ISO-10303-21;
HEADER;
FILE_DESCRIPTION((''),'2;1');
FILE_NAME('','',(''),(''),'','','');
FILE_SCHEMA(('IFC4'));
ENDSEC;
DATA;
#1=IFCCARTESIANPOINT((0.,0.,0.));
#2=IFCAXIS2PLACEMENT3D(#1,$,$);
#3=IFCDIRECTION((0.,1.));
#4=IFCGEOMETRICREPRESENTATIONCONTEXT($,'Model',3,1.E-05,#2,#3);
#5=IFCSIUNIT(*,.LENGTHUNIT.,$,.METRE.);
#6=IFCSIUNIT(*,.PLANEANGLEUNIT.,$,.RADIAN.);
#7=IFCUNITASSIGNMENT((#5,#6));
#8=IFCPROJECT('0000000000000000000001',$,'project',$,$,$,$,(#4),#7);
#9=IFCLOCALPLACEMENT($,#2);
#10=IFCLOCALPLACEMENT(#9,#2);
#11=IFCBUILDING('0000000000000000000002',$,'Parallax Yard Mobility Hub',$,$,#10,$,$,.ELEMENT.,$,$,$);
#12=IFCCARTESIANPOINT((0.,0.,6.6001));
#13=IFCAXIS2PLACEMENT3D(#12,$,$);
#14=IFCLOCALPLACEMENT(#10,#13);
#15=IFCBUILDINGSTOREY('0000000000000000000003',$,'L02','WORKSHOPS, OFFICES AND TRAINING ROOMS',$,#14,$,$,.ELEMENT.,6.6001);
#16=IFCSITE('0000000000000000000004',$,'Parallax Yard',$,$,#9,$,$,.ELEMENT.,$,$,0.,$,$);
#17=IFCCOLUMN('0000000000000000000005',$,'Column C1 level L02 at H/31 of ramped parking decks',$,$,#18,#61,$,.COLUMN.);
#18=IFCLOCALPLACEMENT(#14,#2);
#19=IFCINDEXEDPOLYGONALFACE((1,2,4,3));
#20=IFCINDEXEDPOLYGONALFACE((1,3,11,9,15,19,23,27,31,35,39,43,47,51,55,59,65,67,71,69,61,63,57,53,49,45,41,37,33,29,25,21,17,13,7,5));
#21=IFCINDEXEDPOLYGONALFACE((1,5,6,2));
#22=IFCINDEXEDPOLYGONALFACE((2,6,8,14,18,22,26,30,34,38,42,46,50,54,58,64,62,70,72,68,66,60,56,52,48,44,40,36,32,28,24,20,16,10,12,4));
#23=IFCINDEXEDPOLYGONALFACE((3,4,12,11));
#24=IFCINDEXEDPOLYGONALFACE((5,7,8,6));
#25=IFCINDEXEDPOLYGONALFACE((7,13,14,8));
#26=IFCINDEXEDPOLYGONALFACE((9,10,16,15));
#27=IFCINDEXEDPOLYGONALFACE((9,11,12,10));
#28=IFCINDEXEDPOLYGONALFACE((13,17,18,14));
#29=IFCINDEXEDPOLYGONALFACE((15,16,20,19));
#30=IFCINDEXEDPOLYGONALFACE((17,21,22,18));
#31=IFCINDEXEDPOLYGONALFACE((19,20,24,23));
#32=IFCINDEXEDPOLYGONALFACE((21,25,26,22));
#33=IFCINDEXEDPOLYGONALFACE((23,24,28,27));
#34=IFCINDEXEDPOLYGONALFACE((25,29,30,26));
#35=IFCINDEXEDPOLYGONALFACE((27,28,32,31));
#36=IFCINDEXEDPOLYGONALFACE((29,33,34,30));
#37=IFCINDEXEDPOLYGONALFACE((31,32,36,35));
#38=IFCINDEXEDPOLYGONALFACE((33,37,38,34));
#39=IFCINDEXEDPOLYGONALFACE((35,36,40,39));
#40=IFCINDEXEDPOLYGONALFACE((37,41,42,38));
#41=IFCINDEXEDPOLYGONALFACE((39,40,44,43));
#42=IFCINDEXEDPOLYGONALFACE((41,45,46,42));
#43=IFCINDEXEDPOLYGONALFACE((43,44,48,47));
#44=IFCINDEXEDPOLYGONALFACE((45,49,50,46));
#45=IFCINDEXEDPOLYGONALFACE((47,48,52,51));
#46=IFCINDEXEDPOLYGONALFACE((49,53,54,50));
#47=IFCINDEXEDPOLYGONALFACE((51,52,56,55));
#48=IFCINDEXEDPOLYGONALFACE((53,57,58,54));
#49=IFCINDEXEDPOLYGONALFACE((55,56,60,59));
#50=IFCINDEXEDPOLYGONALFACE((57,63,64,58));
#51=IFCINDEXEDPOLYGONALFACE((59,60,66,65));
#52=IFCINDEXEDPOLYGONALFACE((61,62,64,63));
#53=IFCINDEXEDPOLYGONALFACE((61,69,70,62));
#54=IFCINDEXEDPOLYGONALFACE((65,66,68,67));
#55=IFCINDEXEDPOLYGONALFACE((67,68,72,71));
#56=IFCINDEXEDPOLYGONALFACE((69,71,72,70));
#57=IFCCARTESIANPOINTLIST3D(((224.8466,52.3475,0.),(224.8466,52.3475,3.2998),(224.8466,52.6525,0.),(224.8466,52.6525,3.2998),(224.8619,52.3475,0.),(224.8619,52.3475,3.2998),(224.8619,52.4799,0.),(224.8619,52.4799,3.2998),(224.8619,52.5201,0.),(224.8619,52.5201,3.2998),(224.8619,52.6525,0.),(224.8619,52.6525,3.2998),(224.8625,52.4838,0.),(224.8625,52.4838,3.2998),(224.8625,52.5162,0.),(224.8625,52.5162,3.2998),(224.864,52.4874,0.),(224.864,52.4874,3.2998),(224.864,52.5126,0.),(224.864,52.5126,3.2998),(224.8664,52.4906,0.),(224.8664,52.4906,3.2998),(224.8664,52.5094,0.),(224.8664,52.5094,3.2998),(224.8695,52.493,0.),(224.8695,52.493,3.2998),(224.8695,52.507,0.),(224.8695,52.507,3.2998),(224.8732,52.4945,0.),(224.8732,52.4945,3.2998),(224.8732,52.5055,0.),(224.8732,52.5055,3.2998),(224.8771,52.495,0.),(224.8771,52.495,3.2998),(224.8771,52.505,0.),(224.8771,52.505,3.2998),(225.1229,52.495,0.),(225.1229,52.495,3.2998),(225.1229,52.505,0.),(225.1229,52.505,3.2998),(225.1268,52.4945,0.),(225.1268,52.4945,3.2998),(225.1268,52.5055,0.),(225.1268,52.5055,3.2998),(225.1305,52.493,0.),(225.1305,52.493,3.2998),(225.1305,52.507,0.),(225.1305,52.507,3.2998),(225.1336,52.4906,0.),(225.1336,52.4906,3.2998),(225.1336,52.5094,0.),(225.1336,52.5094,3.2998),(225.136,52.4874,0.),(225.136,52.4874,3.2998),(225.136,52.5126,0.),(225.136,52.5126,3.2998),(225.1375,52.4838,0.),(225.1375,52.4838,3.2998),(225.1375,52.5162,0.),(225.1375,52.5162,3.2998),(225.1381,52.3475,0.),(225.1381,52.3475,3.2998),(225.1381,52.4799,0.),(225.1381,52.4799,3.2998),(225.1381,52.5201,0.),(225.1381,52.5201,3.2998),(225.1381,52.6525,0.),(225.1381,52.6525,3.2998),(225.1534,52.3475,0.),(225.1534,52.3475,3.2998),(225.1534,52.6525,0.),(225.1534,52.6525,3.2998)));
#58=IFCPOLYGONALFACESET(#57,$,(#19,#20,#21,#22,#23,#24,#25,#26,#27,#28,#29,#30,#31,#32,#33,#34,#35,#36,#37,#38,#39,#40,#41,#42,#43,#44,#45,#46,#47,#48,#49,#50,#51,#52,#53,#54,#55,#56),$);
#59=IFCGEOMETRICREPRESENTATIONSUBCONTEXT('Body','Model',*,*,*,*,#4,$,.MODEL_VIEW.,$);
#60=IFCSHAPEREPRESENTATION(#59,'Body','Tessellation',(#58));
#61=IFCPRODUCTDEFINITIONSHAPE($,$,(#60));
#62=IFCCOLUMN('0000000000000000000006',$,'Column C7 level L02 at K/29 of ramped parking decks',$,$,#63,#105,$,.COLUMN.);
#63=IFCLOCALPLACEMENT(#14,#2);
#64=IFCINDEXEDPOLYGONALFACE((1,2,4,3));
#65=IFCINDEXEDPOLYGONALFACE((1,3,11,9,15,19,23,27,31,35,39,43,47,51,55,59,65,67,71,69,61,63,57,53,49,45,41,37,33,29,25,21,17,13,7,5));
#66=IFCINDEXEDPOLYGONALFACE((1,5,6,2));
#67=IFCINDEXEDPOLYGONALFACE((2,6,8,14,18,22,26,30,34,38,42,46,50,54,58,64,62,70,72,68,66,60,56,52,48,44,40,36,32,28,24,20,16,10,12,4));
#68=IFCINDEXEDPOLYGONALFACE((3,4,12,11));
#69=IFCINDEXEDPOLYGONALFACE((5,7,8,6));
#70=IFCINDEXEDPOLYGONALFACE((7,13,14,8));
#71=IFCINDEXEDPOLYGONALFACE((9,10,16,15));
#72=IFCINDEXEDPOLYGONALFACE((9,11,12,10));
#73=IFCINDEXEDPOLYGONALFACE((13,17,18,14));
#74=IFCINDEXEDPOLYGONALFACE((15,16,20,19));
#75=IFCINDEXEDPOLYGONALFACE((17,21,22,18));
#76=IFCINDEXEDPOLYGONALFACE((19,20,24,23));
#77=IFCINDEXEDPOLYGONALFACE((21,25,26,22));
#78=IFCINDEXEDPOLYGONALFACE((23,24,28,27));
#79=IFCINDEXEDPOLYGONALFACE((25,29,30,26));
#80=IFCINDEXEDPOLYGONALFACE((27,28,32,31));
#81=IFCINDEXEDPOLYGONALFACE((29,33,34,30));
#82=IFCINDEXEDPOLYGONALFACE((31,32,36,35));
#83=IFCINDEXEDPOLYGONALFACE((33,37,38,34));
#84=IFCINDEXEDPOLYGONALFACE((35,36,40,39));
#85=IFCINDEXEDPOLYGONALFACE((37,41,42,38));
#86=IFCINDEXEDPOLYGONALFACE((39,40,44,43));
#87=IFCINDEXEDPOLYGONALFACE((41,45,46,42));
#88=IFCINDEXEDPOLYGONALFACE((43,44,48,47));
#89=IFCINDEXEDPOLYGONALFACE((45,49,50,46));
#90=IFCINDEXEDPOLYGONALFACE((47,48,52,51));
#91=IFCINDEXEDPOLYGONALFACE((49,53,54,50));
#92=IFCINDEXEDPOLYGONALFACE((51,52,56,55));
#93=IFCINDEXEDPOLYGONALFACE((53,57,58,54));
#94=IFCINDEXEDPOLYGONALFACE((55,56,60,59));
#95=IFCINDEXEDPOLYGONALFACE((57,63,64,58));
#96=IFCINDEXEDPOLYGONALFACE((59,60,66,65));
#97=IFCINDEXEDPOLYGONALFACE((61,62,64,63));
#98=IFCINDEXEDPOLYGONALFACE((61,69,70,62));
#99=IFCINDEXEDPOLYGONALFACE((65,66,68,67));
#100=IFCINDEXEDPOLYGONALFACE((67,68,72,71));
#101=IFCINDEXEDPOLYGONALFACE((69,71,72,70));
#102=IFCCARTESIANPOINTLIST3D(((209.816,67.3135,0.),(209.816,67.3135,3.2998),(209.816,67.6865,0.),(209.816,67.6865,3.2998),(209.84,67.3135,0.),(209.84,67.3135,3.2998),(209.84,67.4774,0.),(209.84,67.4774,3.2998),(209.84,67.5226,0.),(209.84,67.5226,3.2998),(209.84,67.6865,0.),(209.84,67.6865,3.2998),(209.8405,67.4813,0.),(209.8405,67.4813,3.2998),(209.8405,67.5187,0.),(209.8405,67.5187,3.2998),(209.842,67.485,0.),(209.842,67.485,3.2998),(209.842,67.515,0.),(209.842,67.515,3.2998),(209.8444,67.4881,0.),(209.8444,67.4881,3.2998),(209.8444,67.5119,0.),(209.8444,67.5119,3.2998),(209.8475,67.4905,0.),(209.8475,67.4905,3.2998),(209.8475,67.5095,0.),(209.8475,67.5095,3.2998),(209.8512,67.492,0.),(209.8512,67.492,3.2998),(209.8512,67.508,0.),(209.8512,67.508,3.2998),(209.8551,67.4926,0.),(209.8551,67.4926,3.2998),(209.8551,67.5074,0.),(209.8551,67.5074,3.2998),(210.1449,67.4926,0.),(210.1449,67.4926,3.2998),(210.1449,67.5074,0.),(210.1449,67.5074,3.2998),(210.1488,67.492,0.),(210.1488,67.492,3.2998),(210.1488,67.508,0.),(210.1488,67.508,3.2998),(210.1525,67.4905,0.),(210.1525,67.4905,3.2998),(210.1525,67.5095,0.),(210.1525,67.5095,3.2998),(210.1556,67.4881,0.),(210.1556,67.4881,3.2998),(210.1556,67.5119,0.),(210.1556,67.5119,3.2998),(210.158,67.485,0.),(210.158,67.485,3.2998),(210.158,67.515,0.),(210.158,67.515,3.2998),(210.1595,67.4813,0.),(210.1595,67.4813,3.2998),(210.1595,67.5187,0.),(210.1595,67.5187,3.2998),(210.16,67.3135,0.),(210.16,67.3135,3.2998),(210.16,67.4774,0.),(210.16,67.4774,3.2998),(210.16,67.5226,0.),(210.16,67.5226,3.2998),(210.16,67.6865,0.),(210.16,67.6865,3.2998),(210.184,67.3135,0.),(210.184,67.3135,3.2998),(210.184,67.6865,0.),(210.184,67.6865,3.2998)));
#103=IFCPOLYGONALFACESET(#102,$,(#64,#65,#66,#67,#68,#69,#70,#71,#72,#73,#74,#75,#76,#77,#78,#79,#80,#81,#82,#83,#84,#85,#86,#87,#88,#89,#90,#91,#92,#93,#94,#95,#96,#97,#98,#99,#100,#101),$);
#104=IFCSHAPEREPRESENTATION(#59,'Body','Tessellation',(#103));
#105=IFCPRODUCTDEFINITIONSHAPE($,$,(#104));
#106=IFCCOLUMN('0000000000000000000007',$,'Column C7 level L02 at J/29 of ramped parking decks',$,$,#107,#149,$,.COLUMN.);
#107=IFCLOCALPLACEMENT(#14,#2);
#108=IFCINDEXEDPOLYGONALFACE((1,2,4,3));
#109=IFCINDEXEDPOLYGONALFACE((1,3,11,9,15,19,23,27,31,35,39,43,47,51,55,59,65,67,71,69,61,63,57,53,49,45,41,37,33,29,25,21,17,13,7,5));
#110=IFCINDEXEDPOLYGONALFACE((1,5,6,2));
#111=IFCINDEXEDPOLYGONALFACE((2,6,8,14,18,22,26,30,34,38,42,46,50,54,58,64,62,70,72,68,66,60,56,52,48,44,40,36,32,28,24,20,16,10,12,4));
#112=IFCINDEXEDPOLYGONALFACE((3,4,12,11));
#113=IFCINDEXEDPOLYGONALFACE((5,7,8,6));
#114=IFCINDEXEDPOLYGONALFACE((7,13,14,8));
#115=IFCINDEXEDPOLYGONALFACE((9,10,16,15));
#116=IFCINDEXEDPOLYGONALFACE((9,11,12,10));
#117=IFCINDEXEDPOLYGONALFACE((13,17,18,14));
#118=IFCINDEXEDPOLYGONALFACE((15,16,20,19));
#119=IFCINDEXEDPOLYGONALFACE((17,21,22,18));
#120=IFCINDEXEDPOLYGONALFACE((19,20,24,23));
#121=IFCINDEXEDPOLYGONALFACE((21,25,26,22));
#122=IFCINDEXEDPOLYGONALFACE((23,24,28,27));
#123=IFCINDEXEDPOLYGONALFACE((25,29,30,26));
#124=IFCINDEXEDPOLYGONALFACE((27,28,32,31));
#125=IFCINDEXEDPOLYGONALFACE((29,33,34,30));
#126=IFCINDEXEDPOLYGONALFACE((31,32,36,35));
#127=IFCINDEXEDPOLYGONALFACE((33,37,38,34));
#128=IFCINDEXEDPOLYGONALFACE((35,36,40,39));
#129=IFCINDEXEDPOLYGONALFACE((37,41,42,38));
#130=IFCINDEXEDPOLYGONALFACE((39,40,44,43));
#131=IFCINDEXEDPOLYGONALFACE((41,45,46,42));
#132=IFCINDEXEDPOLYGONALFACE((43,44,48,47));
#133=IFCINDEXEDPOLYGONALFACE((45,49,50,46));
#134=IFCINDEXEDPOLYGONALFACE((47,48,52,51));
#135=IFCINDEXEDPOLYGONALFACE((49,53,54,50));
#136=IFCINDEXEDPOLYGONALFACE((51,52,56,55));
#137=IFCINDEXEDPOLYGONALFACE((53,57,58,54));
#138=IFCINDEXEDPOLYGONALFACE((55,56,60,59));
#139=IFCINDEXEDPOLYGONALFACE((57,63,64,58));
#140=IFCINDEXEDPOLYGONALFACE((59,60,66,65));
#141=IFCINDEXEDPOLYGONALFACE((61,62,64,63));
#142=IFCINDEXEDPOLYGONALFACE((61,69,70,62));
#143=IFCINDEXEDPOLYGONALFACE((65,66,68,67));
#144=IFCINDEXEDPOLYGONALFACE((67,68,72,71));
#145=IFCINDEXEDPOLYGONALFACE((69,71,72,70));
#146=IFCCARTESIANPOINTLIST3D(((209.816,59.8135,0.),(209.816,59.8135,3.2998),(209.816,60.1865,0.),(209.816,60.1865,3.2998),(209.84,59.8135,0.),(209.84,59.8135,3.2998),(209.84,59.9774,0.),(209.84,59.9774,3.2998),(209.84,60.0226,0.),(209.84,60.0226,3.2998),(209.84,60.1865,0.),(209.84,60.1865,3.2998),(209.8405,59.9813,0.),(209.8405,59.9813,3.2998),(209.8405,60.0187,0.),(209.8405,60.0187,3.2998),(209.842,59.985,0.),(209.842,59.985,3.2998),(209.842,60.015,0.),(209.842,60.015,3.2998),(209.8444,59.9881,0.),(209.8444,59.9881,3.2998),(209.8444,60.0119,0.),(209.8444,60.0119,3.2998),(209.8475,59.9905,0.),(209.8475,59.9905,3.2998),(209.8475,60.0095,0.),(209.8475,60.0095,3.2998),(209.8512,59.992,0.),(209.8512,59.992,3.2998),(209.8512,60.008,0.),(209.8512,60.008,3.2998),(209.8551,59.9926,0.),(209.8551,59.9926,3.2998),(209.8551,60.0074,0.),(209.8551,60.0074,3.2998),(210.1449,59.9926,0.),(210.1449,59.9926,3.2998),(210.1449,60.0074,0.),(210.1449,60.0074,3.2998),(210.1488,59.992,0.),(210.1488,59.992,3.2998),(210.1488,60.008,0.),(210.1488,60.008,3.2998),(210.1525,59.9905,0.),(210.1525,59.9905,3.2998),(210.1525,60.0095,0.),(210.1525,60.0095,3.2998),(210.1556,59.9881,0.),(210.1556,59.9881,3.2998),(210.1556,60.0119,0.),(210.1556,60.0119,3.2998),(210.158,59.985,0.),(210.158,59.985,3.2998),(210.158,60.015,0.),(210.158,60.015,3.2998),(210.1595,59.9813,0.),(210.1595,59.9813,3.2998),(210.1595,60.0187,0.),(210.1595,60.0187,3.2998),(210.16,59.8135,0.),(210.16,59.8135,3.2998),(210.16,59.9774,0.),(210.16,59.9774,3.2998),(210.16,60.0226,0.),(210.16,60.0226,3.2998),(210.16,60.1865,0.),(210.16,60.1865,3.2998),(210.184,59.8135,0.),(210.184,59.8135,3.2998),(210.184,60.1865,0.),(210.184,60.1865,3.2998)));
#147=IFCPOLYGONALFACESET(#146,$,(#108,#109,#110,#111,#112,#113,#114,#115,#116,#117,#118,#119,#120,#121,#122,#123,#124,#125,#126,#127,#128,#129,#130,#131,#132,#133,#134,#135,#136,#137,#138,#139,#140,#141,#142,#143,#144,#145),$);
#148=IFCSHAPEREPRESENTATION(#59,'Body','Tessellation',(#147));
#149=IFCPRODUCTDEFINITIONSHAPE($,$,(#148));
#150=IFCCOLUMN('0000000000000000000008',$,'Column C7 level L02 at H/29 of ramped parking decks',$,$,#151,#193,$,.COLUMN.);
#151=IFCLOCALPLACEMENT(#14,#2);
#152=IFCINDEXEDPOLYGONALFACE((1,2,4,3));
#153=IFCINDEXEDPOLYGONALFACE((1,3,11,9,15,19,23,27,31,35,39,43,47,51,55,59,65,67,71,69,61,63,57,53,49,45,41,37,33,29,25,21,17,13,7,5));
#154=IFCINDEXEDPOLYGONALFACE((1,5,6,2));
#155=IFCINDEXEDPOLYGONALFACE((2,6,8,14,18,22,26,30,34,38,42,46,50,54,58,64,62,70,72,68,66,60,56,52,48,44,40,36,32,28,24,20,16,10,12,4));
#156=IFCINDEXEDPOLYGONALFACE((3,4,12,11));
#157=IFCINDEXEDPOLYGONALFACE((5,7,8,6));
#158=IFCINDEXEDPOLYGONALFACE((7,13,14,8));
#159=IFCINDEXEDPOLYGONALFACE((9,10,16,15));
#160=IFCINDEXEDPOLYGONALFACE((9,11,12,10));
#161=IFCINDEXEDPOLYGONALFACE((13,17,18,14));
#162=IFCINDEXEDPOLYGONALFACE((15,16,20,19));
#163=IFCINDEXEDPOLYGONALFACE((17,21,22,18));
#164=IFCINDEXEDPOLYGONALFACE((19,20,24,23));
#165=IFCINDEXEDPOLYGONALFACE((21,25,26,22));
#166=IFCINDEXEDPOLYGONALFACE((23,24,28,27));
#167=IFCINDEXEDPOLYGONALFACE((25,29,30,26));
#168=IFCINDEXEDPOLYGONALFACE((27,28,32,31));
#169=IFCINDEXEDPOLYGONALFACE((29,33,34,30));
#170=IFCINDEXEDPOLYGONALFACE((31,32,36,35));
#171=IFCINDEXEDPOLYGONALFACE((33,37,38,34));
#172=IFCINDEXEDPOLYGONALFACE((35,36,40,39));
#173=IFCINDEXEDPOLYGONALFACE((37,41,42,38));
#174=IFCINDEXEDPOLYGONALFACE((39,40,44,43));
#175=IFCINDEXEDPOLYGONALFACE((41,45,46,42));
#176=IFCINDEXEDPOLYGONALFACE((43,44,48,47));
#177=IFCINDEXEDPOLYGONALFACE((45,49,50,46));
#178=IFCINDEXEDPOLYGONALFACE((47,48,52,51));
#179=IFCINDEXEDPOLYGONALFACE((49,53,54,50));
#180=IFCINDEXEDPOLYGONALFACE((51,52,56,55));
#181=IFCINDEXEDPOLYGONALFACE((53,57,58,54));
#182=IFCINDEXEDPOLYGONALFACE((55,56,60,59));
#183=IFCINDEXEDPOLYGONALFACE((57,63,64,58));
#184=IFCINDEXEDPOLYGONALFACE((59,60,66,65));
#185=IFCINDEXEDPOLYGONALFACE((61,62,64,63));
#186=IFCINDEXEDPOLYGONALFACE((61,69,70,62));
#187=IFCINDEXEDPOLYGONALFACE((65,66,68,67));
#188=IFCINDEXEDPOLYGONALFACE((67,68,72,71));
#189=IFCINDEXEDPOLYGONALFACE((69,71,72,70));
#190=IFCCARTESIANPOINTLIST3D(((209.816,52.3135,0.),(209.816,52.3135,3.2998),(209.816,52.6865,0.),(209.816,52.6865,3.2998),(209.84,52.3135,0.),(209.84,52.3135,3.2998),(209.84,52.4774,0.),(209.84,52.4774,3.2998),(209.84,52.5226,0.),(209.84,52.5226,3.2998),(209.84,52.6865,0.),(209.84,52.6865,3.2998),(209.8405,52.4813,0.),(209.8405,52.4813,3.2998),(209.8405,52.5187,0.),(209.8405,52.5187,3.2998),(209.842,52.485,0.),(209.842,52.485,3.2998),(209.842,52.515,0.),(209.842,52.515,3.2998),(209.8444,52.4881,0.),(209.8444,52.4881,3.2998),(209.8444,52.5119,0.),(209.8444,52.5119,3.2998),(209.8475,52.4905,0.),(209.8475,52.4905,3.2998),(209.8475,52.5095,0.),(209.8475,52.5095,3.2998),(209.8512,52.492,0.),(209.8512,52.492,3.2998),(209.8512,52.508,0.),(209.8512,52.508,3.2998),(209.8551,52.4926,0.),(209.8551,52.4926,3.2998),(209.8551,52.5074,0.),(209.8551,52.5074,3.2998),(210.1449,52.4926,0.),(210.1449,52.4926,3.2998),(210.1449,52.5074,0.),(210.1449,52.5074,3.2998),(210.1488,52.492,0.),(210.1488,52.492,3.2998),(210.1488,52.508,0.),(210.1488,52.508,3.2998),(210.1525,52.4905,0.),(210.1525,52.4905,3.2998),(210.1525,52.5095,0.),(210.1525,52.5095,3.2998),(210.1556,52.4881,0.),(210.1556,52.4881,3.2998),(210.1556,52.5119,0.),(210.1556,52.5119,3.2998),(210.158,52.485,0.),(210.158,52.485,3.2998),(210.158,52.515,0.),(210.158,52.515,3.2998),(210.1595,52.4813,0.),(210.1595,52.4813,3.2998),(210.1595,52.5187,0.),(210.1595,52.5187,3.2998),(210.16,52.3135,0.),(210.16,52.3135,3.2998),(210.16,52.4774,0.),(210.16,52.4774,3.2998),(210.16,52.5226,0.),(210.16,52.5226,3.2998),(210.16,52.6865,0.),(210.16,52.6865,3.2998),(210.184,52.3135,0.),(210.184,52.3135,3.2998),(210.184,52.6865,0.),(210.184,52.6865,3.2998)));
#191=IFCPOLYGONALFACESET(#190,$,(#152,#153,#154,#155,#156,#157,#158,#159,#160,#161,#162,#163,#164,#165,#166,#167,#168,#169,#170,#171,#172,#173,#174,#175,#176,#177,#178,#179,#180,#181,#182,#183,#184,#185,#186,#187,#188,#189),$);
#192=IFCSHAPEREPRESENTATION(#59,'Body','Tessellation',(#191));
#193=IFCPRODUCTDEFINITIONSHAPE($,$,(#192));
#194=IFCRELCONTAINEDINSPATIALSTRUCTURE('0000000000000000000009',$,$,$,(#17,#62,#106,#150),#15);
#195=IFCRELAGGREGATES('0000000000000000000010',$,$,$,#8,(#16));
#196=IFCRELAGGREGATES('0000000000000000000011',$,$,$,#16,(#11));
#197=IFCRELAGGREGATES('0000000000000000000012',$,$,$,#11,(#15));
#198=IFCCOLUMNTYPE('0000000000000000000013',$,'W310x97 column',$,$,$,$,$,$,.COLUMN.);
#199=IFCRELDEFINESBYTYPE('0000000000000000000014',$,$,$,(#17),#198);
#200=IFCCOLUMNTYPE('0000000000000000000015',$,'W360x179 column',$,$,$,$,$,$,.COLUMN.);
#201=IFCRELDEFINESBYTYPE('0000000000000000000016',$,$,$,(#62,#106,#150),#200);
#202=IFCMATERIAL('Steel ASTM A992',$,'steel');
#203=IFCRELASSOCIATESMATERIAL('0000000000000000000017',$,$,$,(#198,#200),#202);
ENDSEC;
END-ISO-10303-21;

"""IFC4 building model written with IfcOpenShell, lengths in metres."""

from ifc_helpers import new_model, si_unit, direction, frame, origin, origin_2d, place, context, subcontext, project, spatial, i_section, extrude, material, material_profile, profile_set, type_object, element, save


model = new_model("IFC4")

# Units and contexts
model_context = context("Model", 3, precision=1e-05, world=origin(), true_north=direction((0.0, 1.0)))
body_context = subcontext(model_context, "Body", "Model", "MODEL_VIEW")
ifc_project = project(units=[si_unit("LENGTHUNIT", "METRE"), si_unit("PLANEANGLEUNIT", "RADIAN")], contexts=[model_context])

# Site, building, storey
site_placement = place(None, origin())
site = spatial("IfcSite", under=ifc_project, at=site_placement, Name="Parallax Yard", CompositionType="ELEMENT", RefElevation=0.0)
building_placement = place(site_placement, origin())
building = spatial("IfcBuilding", under=site, at=building_placement, Name="Parallax Yard Mobility Hub", CompositionType="ELEMENT")
storey_placement = place(building_placement, frame((0.0, 0.0, 6.6001)))
storey = spatial("IfcBuildingStorey", under=building, at=storey_placement, Name="L02", Description="WORKSHOPS, OFFICES AND TRAINING ROOMS", CompositionType="ELEMENT", Elevation=6.6001)

# Columns
ifc_material_1 = material(Name="Steel ASTM A992", Category="steel")
ifc_material_profile_1 = material_profile(ifc_material_1, i_section(OverallWidth=0.3049, OverallDepth=0.3069, WebThickness=0.01, FlangeThickness=0.0154, FilletRadius=0.0151, at=origin_2d()), Name="W310x97")
ifc_profile_set_1 = profile_set([ifc_material_profile_1], Name="Steel ASTM A992")
column_type_1 = type_object("IfcColumnType", Name="W310x97 column", PredefinedType="COLUMN", material=ifc_profile_set_1)
column_placement = place(storey_placement, frame((225.0, 52.5, 0.0), z_axis=(0.0, 0.0, 1.0), x_axis=(0.0, 1.0, 0.0)))
element("IfcColumn", 1, at=column_placement, inside=storey, type_object=column_type_1, Name="Column C1 level L02 at H/31 of ramped parking decks", PredefinedType="COLUMN", context=body_context, shape_type="SweptSolid", body=[
    extrude(i_section(OverallWidth=0.3049, OverallDepth=0.3069, WebThickness=0.01, FlangeThickness=0.0154, FilletRadius=0.0151, at=origin_2d()), origin(), (0.0, 0.0, 1.0), 3.2998),
])
ifc_material_profile_2 = material_profile(ifc_material_1, i_section(OverallWidth=0.373, OverallDepth=0.3679, WebThickness=0.0149, FlangeThickness=0.0239, FilletRadius=0.0151, at=origin_2d()), Name="W360x179")
ifc_profile_set_2 = profile_set([ifc_material_profile_2], Name="Steel ASTM A992")
column_type_2 = type_object("IfcColumnType", Name="W360x179 column", PredefinedType="COLUMN", material=ifc_profile_set_2)
for number, where, z_axis, x_axis, name in (
    (2, (210.0, 67.5, 0.0), (0.0, 0.0, 1.0), (0.0, 1.0, 0.0), "Column C7 level L02 at K/29 of ramped parking decks"),
    (3, (210.0, 60.0, 0.0), (0.0, 0.0, 1.0), (0.0, 1.0, 0.0), "Column C7 level L02 at J/29 of ramped parking decks"),
    (4, (210.0, 52.5, 0.0), (0.0, 0.0, 1.0), (0.0, 1.0, 0.0), "Column C7 level L02 at H/29 of ramped parking decks"),
):
    element("IfcColumn", number, at=place(storey_placement, frame(where, z_axis=z_axis, x_axis=x_axis)), inside=storey, type_object=column_type_2, Name=name, PredefinedType="COLUMN", context=body_context, shape_type="SweptSolid", body=[
        extrude(i_section(OverallWidth=0.373, OverallDepth=0.3679, WebThickness=0.0149, FlangeThickness=0.0239, FilletRadius=0.0151, at=origin_2d()), origin(), (0.0, 0.0, 1.0), 3.2998),
    ])

save(model, "model.ifc")
